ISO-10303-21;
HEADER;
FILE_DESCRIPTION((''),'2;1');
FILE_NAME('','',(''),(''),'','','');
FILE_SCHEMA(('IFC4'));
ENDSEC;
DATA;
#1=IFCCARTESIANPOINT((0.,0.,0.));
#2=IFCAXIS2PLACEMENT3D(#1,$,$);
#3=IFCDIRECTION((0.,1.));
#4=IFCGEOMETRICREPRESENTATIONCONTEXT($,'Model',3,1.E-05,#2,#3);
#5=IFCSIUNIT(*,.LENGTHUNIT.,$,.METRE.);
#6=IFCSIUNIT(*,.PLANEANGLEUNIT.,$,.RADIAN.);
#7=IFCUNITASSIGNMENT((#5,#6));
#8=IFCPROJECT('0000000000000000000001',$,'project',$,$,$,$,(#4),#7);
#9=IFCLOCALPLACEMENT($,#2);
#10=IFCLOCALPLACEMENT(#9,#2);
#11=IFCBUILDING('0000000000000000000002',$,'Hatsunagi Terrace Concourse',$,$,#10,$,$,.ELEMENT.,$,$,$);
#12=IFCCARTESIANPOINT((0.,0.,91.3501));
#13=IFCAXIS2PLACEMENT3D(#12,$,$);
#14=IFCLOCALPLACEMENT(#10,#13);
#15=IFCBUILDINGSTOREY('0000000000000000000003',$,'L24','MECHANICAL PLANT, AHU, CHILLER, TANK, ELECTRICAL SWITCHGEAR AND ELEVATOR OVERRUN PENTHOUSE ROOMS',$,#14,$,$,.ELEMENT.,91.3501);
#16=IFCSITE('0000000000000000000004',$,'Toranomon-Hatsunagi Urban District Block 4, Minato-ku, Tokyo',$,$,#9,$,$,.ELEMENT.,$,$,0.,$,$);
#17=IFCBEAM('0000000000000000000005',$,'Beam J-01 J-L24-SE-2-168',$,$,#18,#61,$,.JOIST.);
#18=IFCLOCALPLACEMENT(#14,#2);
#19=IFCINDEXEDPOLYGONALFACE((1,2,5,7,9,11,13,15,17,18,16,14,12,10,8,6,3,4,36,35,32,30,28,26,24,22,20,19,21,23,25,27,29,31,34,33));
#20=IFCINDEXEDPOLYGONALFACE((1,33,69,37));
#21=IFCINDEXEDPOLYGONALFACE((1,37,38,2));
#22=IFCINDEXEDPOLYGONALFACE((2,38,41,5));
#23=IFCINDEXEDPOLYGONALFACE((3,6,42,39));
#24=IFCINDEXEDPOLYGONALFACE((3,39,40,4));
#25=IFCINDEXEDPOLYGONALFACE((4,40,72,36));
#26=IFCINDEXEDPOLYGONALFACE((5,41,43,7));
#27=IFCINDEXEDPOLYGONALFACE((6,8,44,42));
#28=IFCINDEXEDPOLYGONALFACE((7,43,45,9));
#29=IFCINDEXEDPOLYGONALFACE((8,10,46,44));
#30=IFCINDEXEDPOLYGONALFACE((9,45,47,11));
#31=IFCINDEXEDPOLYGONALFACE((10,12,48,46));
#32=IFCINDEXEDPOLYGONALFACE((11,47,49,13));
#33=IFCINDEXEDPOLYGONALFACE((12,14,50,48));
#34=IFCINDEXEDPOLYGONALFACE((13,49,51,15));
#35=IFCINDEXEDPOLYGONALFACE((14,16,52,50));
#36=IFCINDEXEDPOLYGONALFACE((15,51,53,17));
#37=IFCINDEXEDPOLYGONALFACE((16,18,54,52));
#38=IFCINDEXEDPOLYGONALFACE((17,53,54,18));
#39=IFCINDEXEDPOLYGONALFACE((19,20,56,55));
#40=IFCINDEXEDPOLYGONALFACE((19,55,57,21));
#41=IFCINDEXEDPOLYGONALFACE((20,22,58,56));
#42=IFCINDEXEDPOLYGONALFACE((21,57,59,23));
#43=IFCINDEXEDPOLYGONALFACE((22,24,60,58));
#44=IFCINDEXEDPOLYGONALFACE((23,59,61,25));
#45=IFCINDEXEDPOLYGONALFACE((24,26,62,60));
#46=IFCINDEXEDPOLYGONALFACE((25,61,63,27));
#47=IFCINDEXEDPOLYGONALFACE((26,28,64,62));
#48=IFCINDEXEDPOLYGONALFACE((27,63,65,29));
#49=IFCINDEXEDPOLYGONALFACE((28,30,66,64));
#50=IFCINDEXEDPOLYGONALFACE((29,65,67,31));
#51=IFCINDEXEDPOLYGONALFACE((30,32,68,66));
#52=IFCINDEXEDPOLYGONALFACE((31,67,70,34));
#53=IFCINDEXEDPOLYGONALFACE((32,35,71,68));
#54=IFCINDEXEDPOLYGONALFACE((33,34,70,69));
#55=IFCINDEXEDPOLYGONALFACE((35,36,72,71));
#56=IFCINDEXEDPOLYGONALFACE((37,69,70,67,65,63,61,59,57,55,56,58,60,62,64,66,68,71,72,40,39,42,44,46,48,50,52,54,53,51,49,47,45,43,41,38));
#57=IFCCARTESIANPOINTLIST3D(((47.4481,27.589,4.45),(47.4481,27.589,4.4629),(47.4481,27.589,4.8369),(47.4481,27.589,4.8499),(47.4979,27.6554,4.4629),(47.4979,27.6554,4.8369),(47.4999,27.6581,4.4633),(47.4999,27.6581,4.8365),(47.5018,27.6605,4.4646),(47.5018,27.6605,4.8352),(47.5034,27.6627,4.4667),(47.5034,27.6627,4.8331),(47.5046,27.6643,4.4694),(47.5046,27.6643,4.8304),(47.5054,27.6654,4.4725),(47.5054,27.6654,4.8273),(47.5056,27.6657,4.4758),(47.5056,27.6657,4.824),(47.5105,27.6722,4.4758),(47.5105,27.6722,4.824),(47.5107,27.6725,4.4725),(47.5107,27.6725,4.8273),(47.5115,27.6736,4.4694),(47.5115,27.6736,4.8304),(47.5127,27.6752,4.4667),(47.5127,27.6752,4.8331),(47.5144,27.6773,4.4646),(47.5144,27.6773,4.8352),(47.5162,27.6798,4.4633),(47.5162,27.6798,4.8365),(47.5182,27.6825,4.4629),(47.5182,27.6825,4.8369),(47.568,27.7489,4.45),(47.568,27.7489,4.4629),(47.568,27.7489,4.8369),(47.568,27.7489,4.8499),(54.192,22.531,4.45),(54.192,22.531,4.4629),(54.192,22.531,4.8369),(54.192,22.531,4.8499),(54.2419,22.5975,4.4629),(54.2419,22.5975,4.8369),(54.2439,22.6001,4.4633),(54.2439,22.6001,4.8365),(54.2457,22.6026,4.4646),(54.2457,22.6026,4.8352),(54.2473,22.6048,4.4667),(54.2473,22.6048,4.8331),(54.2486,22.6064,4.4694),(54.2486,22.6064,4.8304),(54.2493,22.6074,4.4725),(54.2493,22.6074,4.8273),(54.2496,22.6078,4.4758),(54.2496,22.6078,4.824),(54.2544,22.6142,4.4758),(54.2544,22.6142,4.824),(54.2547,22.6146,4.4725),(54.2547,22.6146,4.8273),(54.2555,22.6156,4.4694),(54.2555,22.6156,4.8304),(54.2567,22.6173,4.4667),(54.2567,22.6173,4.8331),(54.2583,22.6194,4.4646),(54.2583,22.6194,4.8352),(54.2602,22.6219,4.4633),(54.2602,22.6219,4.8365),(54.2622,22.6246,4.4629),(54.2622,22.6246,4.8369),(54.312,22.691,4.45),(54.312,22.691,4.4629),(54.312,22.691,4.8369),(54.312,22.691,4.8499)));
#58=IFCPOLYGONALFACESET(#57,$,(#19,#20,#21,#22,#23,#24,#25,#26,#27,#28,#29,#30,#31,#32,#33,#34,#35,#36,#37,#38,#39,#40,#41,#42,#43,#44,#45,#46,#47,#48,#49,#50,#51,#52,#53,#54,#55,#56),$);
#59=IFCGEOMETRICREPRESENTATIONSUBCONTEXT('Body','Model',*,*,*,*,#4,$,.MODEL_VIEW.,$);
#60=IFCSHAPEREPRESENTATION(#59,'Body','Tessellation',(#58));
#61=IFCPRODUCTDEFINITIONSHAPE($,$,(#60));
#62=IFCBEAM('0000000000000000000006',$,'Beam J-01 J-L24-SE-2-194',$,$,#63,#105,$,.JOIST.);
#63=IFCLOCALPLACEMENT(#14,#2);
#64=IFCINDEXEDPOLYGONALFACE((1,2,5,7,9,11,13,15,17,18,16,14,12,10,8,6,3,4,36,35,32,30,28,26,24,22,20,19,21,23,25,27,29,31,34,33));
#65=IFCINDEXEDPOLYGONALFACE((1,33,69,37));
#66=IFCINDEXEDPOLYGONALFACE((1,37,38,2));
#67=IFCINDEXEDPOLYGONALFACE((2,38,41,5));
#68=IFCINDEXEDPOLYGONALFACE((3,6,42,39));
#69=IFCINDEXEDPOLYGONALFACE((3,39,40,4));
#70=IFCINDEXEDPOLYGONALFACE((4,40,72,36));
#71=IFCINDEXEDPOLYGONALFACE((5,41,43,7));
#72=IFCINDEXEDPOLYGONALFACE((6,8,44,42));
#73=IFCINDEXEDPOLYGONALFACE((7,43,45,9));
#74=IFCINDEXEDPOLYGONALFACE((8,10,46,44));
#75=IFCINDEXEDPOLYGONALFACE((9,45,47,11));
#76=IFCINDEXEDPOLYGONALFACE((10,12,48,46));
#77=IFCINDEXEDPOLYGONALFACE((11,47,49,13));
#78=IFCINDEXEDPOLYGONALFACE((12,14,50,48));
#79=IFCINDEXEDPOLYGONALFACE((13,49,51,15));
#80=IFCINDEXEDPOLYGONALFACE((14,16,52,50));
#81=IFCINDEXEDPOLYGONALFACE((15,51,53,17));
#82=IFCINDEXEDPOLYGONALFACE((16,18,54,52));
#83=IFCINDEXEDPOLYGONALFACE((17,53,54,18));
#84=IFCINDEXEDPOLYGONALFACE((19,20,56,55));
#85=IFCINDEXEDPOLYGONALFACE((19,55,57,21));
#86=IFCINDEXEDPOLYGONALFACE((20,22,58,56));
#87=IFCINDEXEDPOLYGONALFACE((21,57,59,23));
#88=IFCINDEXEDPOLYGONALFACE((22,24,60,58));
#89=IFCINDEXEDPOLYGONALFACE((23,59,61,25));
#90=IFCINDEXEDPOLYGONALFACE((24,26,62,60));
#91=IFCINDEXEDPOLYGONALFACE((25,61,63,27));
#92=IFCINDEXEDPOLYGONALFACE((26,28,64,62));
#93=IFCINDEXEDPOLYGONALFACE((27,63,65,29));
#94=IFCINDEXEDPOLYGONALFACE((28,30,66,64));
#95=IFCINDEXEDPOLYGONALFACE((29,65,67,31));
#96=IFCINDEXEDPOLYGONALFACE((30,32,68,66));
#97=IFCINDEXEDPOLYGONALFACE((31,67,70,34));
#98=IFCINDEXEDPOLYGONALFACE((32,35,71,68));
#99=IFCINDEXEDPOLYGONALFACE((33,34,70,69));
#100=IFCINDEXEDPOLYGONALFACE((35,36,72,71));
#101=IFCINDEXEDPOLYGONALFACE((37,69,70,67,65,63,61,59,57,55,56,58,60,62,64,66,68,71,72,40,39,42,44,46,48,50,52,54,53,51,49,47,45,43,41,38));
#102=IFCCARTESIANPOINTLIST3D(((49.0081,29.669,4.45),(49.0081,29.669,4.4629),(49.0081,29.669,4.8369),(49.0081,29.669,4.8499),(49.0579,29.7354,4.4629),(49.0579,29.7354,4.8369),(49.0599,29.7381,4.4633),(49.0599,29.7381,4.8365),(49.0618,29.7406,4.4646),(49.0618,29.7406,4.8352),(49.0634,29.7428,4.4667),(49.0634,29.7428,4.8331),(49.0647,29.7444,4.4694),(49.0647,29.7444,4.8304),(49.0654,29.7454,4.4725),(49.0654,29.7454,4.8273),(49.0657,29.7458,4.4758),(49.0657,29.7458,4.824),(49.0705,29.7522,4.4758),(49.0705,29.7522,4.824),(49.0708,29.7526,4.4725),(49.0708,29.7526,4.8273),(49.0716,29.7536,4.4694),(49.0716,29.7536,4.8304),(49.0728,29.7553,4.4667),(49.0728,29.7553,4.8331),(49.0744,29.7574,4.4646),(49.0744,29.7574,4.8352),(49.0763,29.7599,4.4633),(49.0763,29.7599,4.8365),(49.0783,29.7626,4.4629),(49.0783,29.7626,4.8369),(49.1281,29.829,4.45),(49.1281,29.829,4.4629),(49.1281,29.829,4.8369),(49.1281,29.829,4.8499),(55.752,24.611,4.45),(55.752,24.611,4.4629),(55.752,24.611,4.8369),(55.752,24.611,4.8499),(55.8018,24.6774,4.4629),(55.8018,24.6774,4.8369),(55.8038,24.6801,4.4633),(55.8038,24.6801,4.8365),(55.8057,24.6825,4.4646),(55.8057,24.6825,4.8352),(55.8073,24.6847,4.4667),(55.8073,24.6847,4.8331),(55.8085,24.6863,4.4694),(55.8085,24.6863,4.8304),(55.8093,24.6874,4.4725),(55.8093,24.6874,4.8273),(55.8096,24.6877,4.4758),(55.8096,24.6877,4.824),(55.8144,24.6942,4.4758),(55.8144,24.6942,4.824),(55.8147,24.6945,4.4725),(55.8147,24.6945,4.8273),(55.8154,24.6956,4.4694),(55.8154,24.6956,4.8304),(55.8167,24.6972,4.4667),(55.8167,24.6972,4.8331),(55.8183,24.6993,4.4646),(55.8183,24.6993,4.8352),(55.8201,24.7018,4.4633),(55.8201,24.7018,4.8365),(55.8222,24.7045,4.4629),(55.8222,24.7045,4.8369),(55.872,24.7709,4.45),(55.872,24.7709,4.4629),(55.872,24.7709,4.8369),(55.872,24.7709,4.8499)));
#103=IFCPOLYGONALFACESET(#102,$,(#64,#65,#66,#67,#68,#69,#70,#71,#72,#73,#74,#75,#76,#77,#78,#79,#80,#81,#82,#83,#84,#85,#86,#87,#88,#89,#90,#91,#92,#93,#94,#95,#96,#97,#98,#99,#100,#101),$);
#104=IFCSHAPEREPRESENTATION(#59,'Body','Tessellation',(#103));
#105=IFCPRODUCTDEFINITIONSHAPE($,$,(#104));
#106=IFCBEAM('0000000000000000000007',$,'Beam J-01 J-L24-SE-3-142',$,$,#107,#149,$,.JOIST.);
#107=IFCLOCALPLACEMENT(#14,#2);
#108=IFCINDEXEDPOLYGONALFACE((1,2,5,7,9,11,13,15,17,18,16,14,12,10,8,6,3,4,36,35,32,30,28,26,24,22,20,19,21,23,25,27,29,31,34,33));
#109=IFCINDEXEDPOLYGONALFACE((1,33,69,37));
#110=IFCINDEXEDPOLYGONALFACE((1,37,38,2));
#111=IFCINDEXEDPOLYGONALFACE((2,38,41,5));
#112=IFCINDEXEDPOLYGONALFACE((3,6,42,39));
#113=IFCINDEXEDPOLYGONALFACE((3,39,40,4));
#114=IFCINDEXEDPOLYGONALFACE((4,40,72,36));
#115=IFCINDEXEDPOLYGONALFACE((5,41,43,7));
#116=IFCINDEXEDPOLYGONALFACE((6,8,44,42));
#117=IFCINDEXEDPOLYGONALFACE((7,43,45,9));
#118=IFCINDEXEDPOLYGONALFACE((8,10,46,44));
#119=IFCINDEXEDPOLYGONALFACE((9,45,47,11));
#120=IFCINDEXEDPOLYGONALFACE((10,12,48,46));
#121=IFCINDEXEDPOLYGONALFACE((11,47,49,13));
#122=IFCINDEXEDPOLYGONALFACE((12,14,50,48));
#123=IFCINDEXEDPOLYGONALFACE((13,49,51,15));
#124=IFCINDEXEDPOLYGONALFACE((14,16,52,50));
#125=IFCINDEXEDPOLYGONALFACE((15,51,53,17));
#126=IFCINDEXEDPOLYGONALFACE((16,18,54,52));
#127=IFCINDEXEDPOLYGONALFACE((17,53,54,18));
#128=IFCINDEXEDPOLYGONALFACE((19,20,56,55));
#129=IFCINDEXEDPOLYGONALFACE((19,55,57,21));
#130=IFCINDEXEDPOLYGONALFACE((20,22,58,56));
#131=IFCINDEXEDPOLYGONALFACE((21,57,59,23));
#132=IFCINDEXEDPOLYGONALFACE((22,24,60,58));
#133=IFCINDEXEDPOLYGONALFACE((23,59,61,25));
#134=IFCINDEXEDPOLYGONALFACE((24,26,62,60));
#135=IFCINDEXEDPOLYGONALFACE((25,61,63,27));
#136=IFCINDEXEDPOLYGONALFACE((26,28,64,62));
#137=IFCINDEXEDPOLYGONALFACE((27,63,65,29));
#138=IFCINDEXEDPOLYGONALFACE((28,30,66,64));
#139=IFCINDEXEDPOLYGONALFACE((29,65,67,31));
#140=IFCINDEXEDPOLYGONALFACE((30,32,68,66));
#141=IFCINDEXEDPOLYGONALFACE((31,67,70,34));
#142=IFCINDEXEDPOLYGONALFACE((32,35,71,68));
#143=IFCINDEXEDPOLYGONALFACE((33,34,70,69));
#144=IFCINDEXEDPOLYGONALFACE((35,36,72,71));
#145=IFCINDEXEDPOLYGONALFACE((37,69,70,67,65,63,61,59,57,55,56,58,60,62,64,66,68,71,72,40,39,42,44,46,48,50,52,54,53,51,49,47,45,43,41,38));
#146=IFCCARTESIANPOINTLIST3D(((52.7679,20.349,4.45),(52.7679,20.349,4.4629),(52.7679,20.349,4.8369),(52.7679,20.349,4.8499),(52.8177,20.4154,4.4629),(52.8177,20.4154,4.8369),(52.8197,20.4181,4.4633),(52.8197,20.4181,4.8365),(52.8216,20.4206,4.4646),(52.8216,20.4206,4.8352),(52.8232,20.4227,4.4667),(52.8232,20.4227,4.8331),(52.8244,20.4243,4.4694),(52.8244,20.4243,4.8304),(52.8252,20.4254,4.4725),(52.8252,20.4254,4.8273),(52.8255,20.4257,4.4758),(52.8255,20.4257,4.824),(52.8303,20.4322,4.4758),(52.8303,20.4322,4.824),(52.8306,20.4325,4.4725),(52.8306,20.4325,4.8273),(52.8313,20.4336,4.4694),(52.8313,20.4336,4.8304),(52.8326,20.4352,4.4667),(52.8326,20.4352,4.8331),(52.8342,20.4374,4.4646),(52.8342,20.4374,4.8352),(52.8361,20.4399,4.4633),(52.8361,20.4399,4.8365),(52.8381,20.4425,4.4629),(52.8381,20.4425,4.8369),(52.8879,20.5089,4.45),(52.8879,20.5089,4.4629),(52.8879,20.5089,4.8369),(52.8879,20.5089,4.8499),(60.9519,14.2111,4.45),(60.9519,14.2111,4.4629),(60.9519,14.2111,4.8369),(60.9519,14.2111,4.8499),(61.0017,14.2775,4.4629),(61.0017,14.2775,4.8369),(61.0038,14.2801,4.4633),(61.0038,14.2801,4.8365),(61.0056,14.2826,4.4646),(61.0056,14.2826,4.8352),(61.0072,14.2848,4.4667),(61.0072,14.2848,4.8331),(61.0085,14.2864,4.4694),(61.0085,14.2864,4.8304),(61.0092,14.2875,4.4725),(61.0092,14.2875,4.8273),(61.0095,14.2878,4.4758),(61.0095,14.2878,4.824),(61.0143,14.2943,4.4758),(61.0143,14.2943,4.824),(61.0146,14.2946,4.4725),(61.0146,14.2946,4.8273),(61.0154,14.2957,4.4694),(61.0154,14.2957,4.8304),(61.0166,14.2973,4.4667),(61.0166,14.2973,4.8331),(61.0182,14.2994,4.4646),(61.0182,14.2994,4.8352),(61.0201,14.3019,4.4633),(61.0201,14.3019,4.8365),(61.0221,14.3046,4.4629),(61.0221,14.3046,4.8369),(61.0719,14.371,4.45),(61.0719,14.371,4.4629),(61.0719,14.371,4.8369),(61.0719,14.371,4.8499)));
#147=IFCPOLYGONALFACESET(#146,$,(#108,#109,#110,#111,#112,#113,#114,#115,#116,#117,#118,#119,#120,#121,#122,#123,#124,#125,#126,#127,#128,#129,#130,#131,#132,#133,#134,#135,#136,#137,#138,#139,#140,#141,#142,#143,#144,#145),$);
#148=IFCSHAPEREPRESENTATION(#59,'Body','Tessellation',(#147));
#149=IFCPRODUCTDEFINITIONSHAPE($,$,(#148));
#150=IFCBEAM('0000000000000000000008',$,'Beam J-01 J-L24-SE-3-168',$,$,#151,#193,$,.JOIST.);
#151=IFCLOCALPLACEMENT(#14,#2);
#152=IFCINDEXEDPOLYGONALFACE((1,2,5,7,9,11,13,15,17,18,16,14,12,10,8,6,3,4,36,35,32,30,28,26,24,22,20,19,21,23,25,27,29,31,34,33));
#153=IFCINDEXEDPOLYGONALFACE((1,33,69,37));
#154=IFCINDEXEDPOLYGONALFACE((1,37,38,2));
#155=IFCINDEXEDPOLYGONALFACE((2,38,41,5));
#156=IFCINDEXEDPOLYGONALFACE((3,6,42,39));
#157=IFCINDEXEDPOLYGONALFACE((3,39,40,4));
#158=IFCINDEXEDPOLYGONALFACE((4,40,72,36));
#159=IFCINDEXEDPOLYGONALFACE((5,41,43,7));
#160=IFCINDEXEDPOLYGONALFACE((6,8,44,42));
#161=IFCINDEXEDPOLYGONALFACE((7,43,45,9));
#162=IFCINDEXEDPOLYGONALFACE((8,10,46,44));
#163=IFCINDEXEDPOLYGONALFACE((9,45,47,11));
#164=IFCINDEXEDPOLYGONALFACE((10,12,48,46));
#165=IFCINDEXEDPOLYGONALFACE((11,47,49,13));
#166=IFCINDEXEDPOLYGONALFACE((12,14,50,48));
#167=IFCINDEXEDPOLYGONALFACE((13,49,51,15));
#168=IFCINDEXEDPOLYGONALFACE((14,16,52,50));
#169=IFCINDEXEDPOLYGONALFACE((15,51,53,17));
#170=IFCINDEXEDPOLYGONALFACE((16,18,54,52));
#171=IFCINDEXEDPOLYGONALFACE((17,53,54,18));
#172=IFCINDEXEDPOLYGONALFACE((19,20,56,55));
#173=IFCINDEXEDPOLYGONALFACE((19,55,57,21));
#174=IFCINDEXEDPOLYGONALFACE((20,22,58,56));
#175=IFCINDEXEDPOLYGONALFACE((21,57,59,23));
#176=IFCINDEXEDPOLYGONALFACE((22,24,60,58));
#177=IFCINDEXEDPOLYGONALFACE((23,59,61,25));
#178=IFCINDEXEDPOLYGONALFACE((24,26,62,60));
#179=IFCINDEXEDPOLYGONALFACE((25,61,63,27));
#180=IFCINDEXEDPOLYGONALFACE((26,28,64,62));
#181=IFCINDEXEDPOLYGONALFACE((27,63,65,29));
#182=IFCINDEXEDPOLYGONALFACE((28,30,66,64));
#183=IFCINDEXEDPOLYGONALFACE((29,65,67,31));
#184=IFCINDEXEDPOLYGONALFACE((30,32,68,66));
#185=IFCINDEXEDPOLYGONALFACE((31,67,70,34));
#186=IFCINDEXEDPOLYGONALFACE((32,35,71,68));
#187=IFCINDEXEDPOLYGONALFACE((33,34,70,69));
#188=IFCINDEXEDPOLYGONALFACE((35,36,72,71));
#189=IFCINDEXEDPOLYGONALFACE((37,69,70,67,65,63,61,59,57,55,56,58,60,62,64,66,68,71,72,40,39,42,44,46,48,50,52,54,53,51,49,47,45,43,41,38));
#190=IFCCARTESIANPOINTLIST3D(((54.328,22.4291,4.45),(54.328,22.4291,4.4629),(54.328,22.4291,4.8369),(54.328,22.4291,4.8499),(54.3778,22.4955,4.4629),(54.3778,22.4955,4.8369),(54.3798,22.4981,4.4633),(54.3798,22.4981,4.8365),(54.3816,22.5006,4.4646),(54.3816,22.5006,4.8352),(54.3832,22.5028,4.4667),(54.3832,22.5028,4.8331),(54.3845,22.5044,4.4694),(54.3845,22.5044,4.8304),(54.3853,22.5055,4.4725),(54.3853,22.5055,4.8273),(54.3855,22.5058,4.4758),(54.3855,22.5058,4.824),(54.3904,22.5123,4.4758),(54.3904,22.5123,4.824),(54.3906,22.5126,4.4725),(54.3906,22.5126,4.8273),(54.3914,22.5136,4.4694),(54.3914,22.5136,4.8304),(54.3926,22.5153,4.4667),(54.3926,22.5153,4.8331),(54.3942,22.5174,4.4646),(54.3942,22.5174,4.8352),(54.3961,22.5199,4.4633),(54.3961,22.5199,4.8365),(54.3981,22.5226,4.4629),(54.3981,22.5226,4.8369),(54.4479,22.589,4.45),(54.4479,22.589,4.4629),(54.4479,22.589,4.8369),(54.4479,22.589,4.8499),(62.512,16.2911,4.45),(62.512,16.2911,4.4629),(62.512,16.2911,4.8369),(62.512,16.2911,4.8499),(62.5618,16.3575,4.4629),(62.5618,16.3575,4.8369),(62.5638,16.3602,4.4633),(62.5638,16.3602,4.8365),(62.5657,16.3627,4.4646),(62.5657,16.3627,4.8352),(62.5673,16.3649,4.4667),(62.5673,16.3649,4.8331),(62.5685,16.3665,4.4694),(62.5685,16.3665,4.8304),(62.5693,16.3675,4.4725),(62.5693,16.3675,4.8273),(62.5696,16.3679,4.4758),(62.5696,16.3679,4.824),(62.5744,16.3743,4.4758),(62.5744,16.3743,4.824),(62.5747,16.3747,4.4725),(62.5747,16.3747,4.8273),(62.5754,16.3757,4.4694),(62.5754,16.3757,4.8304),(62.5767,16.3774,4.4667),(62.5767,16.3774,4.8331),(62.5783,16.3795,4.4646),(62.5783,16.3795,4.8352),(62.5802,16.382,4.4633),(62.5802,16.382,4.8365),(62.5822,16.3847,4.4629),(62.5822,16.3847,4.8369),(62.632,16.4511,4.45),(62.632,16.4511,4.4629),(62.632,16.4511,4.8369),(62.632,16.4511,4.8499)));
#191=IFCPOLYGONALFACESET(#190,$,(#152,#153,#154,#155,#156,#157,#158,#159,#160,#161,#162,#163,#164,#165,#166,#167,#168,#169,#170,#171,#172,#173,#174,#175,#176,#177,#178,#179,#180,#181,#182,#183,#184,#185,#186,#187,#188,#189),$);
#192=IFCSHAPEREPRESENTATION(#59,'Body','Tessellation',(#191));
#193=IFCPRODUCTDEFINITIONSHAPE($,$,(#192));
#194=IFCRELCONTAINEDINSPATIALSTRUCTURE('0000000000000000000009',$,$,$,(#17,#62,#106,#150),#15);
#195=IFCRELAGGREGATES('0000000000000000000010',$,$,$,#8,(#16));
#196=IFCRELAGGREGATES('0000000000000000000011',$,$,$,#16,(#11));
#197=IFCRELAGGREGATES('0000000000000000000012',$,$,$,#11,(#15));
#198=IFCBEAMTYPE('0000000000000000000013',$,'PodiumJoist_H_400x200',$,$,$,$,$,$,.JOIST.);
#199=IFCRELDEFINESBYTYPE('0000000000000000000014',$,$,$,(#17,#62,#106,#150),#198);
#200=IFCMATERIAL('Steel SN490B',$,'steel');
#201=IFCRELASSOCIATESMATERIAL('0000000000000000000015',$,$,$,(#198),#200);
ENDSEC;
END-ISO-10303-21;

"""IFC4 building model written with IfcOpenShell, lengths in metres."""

from ifc_helpers import new_model, si_unit, direction, frame, origin, origin_2d, place, context, subcontext, project, spatial, i_section, extrude, material, material_profile, profile_set, type_object, element, save


model = new_model("IFC4")

# Units and contexts
model_context = context("Model", 3, precision=1e-05, world=origin(), true_north=direction((0.0, 1.0)))
body_context = subcontext(model_context, "Body", "Model", "MODEL_VIEW")
ifc_project = project(units=[si_unit("LENGTHUNIT", "METRE"), si_unit("PLANEANGLEUNIT", "RADIAN")], contexts=[model_context])

# Site, building, storey
site_placement = place(None, origin())
site = spatial("IfcSite", under=ifc_project, at=site_placement, Name="Toranomon-Hatsunagi Urban District Block 4, Minato-ku, Tokyo", CompositionType="ELEMENT", RefElevation=0.0)
building_placement = place(site_placement, origin())
building = spatial("IfcBuilding", under=site, at=building_placement, Name="Hatsunagi Terrace Concourse", CompositionType="ELEMENT")
storey_placement = place(building_placement, frame((0.0, 0.0, 91.3501)))
storey = spatial("IfcBuildingStorey", under=building, at=storey_placement, Name="L24", Description="MECHANICAL PLANT, AHU, CHILLER, TANK, ELECTRICAL SWITCHGEAR AND ELEVATOR OVERRUN PENTHOUSE ROOMS", CompositionType="ELEMENT", Elevation=91.3501)

# Beams
ifc_material_1 = material(Name="Steel SN490B", Category="steel")
ifc_material_profile_1 = material_profile(ifc_material_1, i_section(OverallWidth=0.2, OverallDepth=0.3999, WebThickness=0.0081, FlangeThickness=0.0129, FilletRadius=0.0129, at=origin_2d()), Name="H-400x200x8x13")
ifc_profile_set_1 = profile_set([ifc_material_profile_1], Name="Steel SN490B")
beam_type_1 = type_object("IfcBeamType", Name="PodiumJoist_H_400x200", PredefinedType="JOIST", material=ifc_profile_set_1)
for number, where, z_axis, x_axis, name in (
    (1, (47.5081, 27.6689, 4.6499), (0.800003, -0.599995, 0.0), (0.599995, 0.800003, 0.0), "Beam J-01 J-L24-SE-2-168"),
    (2, (49.0681, 29.749, 4.6499), (0.79999, -0.600014, 0.0), (0.600014, 0.79999, 0.0), "Beam J-01 J-L24-SE-2-194"),
):
    element("IfcBeam", number, at=place(storey_placement, frame(where, z_axis=z_axis, x_axis=x_axis)), inside=storey, type_object=beam_type_1, Name=name, PredefinedType="JOIST", context=body_context, shape_type="SweptSolid", body=[
        extrude(i_section(OverallWidth=0.2, OverallDepth=0.3999, WebThickness=0.0081, FlangeThickness=0.0129, FilletRadius=0.0129, at=origin_2d()), origin(), (0.0, 0.0, 1.0), 8.4299),
    ])
for number, where, z_axis, x_axis, name in (
    (3, (52.8279, 20.429, 4.6499), (0.800006, -0.599992, 0.0), (0.599992, 0.800006, 0.0), "Beam J-01 J-L24-SE-3-142"),
    (4, (54.3879, 22.509, 4.6499), (0.800006, -0.599992, 0.0), (0.599992, 0.800006, 0.0), "Beam J-01 J-L24-SE-3-168"),
):
    element("IfcBeam", number, at=place(storey_placement, frame(where, z_axis=z_axis, x_axis=x_axis)), inside=storey, type_object=beam_type_1, Name=name, PredefinedType="JOIST", context=body_context, shape_type="SweptSolid", body=[
        extrude(i_section(OverallWidth=0.2, OverallDepth=0.3999, WebThickness=0.0081, FlangeThickness=0.0129, FilletRadius=0.0129, at=origin_2d()), origin(), (0.0, 0.0, 1.0), 10.23),
    ])

save(model, "model.ifc")
